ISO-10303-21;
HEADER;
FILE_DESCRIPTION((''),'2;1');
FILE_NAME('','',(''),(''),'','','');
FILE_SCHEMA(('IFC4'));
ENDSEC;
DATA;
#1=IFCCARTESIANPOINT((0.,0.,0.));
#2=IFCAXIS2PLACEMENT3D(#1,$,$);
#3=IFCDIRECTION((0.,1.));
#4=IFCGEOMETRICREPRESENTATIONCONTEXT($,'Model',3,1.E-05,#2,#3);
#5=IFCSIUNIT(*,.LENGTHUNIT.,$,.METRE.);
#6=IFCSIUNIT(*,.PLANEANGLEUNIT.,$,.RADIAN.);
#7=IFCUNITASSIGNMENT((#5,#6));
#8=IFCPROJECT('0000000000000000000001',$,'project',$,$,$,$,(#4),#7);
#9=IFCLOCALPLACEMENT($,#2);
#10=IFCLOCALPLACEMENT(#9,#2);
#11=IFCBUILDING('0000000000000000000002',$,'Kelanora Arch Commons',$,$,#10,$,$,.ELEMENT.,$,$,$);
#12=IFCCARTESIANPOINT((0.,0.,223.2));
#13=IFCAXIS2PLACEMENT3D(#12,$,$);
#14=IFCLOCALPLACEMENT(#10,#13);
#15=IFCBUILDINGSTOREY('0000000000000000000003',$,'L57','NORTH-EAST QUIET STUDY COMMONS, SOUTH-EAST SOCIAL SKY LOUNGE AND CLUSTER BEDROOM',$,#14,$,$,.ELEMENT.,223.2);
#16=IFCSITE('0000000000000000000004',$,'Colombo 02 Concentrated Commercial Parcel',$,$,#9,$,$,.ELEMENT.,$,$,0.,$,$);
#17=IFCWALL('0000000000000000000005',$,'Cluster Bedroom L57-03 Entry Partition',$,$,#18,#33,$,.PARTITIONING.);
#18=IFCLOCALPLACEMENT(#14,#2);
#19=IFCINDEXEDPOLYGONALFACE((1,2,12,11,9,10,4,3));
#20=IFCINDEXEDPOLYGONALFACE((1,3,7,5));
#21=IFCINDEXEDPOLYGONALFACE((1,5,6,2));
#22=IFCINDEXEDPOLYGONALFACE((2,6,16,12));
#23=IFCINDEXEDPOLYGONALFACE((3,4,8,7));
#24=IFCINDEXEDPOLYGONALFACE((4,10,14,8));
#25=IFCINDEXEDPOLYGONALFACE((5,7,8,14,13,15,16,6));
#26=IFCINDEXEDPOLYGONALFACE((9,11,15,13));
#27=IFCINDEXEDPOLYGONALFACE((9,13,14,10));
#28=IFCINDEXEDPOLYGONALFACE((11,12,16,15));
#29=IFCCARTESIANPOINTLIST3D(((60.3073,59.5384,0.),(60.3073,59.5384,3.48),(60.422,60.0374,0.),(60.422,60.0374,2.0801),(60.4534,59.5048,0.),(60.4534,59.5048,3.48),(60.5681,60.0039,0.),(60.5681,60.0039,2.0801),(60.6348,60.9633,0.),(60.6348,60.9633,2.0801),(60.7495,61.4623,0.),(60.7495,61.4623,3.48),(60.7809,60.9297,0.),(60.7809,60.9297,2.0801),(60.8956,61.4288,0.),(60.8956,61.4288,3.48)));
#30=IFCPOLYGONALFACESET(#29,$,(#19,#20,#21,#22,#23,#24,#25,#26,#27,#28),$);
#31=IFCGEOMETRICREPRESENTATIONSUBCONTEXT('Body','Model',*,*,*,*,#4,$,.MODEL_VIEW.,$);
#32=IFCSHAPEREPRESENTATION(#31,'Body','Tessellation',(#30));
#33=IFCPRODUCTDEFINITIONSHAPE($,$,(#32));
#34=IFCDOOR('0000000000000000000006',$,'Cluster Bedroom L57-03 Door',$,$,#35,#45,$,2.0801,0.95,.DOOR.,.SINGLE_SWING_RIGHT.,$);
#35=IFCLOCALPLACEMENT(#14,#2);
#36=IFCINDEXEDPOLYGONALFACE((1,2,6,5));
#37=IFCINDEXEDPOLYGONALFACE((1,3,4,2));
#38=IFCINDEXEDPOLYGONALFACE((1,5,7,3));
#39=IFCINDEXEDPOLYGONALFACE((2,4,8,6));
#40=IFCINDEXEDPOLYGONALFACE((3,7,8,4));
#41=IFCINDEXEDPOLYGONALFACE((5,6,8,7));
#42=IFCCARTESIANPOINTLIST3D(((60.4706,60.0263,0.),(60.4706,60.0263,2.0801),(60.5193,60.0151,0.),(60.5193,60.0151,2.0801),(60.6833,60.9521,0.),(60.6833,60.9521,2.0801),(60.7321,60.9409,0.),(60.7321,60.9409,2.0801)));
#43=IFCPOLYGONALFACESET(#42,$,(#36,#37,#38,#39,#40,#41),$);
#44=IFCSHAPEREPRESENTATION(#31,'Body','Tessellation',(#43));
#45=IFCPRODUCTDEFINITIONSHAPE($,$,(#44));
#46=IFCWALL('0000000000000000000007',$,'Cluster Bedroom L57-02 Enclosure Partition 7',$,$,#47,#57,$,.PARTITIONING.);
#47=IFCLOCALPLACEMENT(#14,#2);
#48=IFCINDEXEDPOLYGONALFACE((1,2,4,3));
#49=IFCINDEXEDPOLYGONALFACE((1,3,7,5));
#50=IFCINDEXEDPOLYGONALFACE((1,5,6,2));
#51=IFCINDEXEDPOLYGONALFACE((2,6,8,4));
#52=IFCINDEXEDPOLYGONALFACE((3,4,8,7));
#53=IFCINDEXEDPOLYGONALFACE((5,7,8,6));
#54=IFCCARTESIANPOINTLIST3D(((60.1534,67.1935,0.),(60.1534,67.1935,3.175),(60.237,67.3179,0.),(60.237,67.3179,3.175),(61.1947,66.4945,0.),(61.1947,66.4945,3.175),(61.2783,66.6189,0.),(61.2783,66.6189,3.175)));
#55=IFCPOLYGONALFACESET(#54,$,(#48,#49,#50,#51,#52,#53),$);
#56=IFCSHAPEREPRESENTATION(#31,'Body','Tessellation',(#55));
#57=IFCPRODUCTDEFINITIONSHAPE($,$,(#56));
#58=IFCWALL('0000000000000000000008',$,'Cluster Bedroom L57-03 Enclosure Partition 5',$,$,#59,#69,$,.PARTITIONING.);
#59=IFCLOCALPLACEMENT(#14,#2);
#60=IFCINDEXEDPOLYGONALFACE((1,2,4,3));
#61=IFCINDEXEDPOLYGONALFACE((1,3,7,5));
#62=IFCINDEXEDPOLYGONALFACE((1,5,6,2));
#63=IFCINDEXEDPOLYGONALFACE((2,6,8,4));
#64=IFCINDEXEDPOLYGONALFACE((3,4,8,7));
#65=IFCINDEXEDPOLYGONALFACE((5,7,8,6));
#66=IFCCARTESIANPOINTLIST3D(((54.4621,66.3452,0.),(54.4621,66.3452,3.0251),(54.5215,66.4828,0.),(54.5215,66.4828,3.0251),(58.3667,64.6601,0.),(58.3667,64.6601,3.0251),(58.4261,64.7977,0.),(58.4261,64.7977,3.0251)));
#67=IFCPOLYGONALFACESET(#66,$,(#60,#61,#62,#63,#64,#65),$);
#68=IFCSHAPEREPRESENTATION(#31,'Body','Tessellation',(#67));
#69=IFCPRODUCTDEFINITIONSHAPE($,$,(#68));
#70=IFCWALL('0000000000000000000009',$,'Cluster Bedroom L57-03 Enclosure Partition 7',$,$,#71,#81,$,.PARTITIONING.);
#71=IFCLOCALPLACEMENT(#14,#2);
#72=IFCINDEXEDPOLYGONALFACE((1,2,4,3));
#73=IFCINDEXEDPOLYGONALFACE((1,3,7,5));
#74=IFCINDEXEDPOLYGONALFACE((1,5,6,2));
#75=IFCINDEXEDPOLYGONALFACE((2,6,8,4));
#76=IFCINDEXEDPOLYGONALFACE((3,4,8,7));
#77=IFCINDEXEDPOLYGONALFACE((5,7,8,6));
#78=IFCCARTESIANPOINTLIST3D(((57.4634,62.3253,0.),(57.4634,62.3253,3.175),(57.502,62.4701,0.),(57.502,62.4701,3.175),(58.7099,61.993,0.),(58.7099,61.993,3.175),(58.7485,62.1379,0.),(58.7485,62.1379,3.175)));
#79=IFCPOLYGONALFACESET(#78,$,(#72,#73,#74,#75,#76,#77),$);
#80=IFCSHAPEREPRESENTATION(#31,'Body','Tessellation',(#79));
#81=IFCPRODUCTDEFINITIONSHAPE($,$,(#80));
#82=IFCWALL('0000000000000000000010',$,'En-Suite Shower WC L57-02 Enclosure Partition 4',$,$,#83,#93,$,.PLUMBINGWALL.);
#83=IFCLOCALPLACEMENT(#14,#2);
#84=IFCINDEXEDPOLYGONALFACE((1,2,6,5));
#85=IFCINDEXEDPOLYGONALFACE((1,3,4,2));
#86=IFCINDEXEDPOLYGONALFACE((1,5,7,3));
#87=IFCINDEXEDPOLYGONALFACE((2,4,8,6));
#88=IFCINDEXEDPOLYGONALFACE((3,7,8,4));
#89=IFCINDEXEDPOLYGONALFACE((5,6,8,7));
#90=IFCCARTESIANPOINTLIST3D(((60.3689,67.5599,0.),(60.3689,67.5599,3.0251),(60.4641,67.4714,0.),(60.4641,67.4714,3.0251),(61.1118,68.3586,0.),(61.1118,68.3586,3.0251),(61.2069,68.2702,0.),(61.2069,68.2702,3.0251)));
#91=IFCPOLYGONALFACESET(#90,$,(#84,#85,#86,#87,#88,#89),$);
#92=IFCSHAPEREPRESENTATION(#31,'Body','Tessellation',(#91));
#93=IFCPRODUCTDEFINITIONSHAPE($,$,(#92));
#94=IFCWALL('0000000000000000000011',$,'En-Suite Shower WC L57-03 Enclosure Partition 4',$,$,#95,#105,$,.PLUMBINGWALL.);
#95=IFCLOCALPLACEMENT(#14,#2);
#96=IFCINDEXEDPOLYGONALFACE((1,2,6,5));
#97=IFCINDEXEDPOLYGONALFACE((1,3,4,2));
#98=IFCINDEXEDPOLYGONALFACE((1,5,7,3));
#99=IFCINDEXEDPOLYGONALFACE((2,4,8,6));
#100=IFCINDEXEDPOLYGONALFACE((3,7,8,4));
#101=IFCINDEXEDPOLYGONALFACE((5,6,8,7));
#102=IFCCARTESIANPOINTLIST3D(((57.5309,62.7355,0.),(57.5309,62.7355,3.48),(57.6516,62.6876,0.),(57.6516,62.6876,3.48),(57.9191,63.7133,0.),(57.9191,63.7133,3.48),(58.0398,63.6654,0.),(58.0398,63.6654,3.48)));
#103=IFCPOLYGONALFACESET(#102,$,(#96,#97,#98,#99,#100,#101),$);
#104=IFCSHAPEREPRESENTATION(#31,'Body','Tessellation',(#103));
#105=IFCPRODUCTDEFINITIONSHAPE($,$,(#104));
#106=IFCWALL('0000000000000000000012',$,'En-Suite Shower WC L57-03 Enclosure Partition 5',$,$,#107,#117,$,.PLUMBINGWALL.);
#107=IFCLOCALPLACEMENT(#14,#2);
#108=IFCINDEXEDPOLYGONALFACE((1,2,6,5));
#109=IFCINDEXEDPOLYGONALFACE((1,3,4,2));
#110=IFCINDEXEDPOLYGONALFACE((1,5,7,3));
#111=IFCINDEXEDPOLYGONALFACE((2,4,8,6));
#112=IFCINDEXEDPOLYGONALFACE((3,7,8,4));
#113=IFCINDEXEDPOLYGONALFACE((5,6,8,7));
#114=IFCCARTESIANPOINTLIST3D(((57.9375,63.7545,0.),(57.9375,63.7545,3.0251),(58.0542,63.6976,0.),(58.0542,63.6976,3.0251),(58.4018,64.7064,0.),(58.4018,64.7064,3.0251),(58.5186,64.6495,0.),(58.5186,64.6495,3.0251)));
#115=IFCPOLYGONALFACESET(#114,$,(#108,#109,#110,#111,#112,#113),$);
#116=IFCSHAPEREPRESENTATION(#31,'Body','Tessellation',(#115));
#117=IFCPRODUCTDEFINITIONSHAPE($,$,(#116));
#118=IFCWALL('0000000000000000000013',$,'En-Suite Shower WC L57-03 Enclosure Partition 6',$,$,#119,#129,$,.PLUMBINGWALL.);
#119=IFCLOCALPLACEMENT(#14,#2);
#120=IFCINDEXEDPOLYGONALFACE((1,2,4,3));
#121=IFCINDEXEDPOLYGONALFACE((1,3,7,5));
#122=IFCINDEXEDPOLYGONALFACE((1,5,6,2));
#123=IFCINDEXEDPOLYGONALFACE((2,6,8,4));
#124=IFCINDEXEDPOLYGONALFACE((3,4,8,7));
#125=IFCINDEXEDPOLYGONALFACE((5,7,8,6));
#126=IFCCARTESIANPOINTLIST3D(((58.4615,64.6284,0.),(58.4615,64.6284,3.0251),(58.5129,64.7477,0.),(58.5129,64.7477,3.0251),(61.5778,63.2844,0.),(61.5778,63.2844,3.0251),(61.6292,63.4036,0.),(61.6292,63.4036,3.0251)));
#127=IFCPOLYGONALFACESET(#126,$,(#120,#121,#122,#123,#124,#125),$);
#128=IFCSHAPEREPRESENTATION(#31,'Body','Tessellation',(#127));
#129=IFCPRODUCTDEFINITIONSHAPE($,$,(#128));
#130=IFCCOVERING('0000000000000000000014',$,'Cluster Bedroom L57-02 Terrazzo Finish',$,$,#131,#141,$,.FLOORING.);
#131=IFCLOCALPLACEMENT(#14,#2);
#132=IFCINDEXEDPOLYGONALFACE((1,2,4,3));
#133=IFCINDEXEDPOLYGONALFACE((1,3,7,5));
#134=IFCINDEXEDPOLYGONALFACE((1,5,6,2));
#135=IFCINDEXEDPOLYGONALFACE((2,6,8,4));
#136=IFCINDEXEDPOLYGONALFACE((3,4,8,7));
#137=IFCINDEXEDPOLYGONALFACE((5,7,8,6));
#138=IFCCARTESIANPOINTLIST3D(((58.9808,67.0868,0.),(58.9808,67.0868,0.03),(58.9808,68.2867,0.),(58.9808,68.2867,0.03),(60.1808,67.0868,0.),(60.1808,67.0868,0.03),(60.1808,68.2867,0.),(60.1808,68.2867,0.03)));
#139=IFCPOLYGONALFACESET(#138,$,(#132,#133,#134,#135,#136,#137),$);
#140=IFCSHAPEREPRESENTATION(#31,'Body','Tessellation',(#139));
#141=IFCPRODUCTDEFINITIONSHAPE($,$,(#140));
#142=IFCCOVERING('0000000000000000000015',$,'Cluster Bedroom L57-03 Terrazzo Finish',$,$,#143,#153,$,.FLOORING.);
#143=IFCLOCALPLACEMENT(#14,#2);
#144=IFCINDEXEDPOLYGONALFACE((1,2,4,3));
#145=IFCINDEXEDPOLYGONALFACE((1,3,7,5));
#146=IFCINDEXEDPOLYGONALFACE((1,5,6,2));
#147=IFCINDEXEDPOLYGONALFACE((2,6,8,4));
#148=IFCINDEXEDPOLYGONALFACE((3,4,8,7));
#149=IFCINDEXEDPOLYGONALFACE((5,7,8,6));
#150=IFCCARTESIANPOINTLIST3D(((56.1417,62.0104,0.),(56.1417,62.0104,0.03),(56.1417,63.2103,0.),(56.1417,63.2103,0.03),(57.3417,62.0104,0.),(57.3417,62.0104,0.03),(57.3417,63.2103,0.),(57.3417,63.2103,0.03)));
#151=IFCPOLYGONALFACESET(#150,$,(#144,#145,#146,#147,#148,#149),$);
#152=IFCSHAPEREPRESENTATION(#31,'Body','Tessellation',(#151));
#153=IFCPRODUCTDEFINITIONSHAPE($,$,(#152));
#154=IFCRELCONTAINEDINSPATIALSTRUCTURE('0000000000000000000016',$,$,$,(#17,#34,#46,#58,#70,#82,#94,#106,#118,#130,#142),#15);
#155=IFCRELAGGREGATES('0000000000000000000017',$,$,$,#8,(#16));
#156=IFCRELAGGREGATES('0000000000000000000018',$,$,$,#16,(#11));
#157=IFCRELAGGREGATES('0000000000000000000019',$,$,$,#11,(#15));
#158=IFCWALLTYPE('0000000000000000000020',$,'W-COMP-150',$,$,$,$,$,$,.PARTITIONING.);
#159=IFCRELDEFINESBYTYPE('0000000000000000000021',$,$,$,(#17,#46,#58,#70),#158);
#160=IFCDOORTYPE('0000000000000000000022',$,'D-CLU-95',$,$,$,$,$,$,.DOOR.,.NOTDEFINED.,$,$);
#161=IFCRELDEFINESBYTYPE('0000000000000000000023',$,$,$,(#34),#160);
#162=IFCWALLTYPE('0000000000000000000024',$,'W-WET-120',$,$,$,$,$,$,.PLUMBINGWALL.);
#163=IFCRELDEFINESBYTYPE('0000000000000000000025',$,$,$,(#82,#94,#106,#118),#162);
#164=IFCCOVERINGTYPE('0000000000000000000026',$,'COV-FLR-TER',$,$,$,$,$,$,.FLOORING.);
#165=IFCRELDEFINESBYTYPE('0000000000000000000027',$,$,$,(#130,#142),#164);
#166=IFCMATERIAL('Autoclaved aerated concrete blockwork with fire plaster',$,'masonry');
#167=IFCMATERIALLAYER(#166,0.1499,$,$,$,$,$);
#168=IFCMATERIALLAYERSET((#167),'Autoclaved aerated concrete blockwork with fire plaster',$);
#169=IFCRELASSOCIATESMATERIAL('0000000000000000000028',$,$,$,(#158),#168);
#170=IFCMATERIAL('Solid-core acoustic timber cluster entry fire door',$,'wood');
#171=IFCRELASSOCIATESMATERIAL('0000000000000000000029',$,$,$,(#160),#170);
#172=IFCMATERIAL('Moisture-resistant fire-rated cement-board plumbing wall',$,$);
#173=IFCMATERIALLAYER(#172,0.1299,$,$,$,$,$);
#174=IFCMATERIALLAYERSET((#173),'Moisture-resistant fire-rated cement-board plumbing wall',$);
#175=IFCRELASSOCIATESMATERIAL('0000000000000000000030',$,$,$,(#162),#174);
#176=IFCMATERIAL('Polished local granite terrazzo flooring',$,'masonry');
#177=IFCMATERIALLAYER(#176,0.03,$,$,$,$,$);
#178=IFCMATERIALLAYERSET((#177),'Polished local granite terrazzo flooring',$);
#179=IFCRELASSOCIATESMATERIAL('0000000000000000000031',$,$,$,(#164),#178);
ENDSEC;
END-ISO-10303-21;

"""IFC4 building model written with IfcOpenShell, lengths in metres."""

from ifc_helpers import new_model, si_unit, direction, frame, frame_2d, origin, origin_2d, place, context, subcontext, project, spatial, rectangle, extrude, source, transform, mapped, material, layer, layer_set, type_object, element, fill, save


model = new_model("IFC4")

# Units and contexts
model_context = context("Model", 3, precision=1e-05, world=origin(), true_north=direction((0.0, 1.0)))
body_context = subcontext(model_context, "Body", "Model", "MODEL_VIEW")
ifc_project = project(units=[si_unit("LENGTHUNIT", "METRE"), si_unit("PLANEANGLEUNIT", "RADIAN")], contexts=[model_context])

# Site, building, storey
site_placement = place(None, origin())
site = spatial("IfcSite", under=ifc_project, at=site_placement, Name="Colombo 02 Concentrated Commercial Parcel", CompositionType="ELEMENT", RefElevation=0.0)
building_placement = place(site_placement, origin())
building = spatial("IfcBuilding", under=site, at=building_placement, Name="Kelanora Arch Commons", CompositionType="ELEMENT")
storey_placement = place(building_placement, frame((0.0, 0.0, 223.2)))
storey = spatial("IfcBuildingStorey", under=building, at=storey_placement, Name="L57", Description="NORTH-EAST QUIET STUDY COMMONS, SOUTH-EAST SOCIAL SKY LOUNGE AND CLUSTER BEDROOM", CompositionType="ELEMENT", Elevation=223.2)

# Wall, opening, door
ifc_material_1 = material(Name="Autoclaved aerated concrete blockwork with fire plaster", Category="masonry")
ifc_layer_1 = layer(ifc_material_1, 0.1499)
ifc_layer_set_1 = layer_set([ifc_layer_1], Name="Autoclaved aerated concrete blockwork with fire plaster")
wall_type_1 = type_object("IfcWallType", Name="W-COMP-150", PredefinedType="PARTITIONING", material=ifc_layer_set_1)
wall_1_placement = place(storey_placement, frame((60.8225, 61.4456, 0.0), z_axis=(0.0, 0.0, 1.0), x_axis=(-0.223956, -0.974599, 0.0)))
wall_1 = element("IfcWall", 1, at=wall_1_placement, inside=storey, type_object=wall_type_1, Name="Cluster Bedroom L57-03 Entry Partition", PredefinedType="PARTITIONING", context=body_context, shape_type="SweptSolid", body=[
    extrude(rectangle(XDim=1.9741, YDim=0.1499, at=frame_2d((0.9871, 0.0))), origin(), (0.0, 0.0, 1.0), 3.48),
])
opening_placement = place(wall_1_placement, frame((0.512, 0.0, 0.0)))
opening = element("IfcOpeningElement", 2, at=opening_placement, cuts=wall_1, PredefinedType="OPENING", context=body_context, shape_type="SweptSolid", body=[
    extrude(rectangle(XDim=0.95, YDim=2.0801, at=frame_2d((0.4751, 1.04))), frame((0.0, 0.085, 0.0), z_axis=(0.0, -1.0, 0.0), x_axis=(1.0, 0.0, 0.0)), (0.0, 0.0, 1.0), 0.1699),
])
ifc_material_2 = material(Name="Solid-core acoustic timber cluster entry fire door", Category="wood")
door_type = type_object("IfcDoorType", Name="D-CLU-95", OperationType="NOTDEFINED", PredefinedType="DOOR", material=ifc_material_2)
door_placement = place(opening_placement, origin())
door = element("IfcDoor", 3, at=door_placement, inside=storey, type_object=door_type, Name="Cluster Bedroom L57-03 Door", OperationType="SINGLE_SWING_RIGHT", OverallHeight=2.0801, OverallWidth=0.95, PredefinedType="DOOR", context=body_context, shape_type="SweptSolid", body=[
    extrude(rectangle(XDim=0.95, YDim=2.0801, at=frame_2d((0.4751, 1.04))), frame((0.0, 0.0249, 0.0), z_axis=(0.0, -1.0, 0.0), x_axis=(1.0, 0.0, 0.0)), (0.0, 0.0, 1.0), 0.05),
])
fill(opening, door)

# Walls
wall_2_placement = place(storey_placement, frame((60.1953, 67.2556, 0.0), z_axis=(0.0, 0.0, 1.0), x_axis=(0.830279, -0.557348, 0.0)))
element("IfcWall", 4, at=wall_2_placement, inside=storey, type_object=wall_type_1, Name="Cluster Bedroom L57-02 Enclosure Partition 7", PredefinedType="PARTITIONING", context=body_context, shape_type="SweptSolid", body=[
    extrude(rectangle(XDim=1.2542, YDim=0.1499, at=frame_2d((0.627, 0.0))), origin(), (0.0, 0.0, 1.0), 3.175),
])
wall_3_placement = place(storey_placement, frame((54.4917, 66.4141, 0.0), z_axis=(0.0, 0.0, 1.0), x_axis=(0.918147, -0.396239, 0.0)))
element("IfcWall", 5, at=wall_3_placement, inside=storey, type_object=wall_type_1, Name="Cluster Bedroom L57-03 Enclosure Partition 5", PredefinedType="PARTITIONING", context=body_context, shape_type="SweptSolid", body=[
    extrude(rectangle(XDim=4.2527, YDim=0.1499, at=frame_2d((2.1265, 0.0))), origin(), (0.0, 0.0, 1.0), 3.0251),
])
wall_4_placement = place(storey_placement, frame((57.4827, 62.3977, 0.0), z_axis=(0.0, 0.0, 1.0), x_axis=(0.966263, -0.257557, 0.0)))
element("IfcWall", 6, at=wall_4_placement, inside=storey, type_object=wall_type_1, Name="Cluster Bedroom L57-03 Enclosure Partition 7", PredefinedType="PARTITIONING", context=body_context, shape_type="SweptSolid", body=[
    extrude(rectangle(XDim=1.29, YDim=0.1499, at=frame_2d((0.645, 0.0))), origin(), (0.0, 0.0, 1.0), 3.175),
])
ifc_material_3 = material(Name="Moisture-resistant fire-rated cement-board plumbing wall")
ifc_layer_2 = layer(ifc_material_3, 0.1299)
ifc_layer_set_2 = layer_set([ifc_layer_2], Name="Moisture-resistant fire-rated cement-board plumbing wall")
wall_type_2 = type_object("IfcWallType", Name="W-WET-120", PredefinedType="PLUMBINGWALL", material=ifc_layer_set_2)
wall_5_placement = place(storey_placement, frame((60.4165, 67.5156, 0.0), z_axis=(0.0, 0.0, 1.0), x_axis=(0.681017, 0.732267, 0.0)))
element("IfcWall", 7, at=wall_5_placement, inside=storey, type_object=wall_type_2, Name="En-Suite Shower WC L57-02 Enclosure Partition 4", PredefinedType="PLUMBINGWALL", context=body_context, shape_type="SweptSolid", body=[
    extrude(rectangle(XDim=1.0908, YDim=0.1299, at=frame_2d((0.5454, 0.0))), origin(), (0.0, 0.0, 1.0), 3.0251),
])
wall_6_placement = place(storey_placement, frame((57.5913, 62.7117, 0.0), z_axis=(0.0, 0.0, 1.0), x_axis=(0.368989, 0.929434, 0.0)))
element("IfcWall", 8, at=wall_6_placement, inside=storey, type_object=wall_type_2, Name="En-Suite Shower WC L57-03 Enclosure Partition 4", PredefinedType="PLUMBINGWALL", context=body_context, shape_type="SweptSolid", body=[
    extrude(rectangle(XDim=1.052, YDim=0.1299, at=frame_2d((0.5259, 0.0))), origin(), (0.0, 0.0, 1.0), 3.48),
])
wall_7_placement = place(storey_placement, frame((57.9958, 63.7261, 0.0), z_axis=(0.0, 0.0, 1.0), x_axis=(0.438433, 0.898764, 0.0)))
element("IfcWall", 9, at=wall_7_placement, inside=storey, type_object=wall_type_2, Name="En-Suite Shower WC L57-03 Enclosure Partition 5", PredefinedType="PLUMBINGWALL", context=body_context, shape_type="SweptSolid", body=[
    extrude(rectangle(XDim=1.0591, YDim=0.1299, at=frame_2d((0.5295, 0.0))), origin(), (0.0, 0.0, 1.0), 3.0251),
])
wall_8_placement = place(storey_placement, frame((58.4873, 64.688, 0.0), z_axis=(0.0, 0.0, 1.0), x_axis=(0.918238, -0.396028, 0.0)))
element("IfcWall", 10, at=wall_8_placement, inside=storey, type_object=wall_type_2, Name="En-Suite Shower WC L57-03 Enclosure Partition 6", PredefinedType="PLUMBINGWALL", context=body_context, shape_type="SweptSolid", body=[
    extrude(rectangle(XDim=3.3938, YDim=0.1299, at=frame_2d((1.6968, 0.0))), origin(), (0.0, 0.0, 1.0), 3.0251),
])

# Coverings
ifc_material_4 = material(Name="Polished local granite terrazzo flooring", Category="masonry")
ifc_layer_3 = layer(ifc_material_4, 0.03)
ifc_layer_set_3 = layer_set([ifc_layer_3], Name="Polished local granite terrazzo flooring")
covering_type = type_object("IfcCoveringType", Name="COV-FLR-TER", PredefinedType="FLOORING", material=ifc_layer_set_3)
shared_shape_1 = source(origin(), body_context, "Body", "SweptSolid", [
    extrude(rectangle(XDim=1.2, YDim=1.2, at=origin_2d()), origin(), (0.0, 0.0, 1.0), 0.03),
])
for number, where, z_axis, x_axis, name in (
    (11, (59.5808, 67.6868, 0.0), (0.0, 0.0, 1.0), (1.0, 0.0, 0.0), "Cluster Bedroom L57-02 Terrazzo Finish"),
    (12, (56.7417, 62.6104, 0.0), (0.0, 0.0, 1.0), (1.0, 0.0, 0.0), "Cluster Bedroom L57-03 Terrazzo Finish"),
):
    element("IfcCovering", number, at=place(storey_placement, frame(where, z_axis=z_axis, x_axis=x_axis)), inside=storey, type_object=covering_type, Name=name, PredefinedType="FLOORING", context=body_context, shape_type="MappedRepresentation", body=[
        mapped(shared_shape_1, transform((0.0, 0.0, 0.0), scale=1.0)),
    ])

save(model, "model.ifc")
